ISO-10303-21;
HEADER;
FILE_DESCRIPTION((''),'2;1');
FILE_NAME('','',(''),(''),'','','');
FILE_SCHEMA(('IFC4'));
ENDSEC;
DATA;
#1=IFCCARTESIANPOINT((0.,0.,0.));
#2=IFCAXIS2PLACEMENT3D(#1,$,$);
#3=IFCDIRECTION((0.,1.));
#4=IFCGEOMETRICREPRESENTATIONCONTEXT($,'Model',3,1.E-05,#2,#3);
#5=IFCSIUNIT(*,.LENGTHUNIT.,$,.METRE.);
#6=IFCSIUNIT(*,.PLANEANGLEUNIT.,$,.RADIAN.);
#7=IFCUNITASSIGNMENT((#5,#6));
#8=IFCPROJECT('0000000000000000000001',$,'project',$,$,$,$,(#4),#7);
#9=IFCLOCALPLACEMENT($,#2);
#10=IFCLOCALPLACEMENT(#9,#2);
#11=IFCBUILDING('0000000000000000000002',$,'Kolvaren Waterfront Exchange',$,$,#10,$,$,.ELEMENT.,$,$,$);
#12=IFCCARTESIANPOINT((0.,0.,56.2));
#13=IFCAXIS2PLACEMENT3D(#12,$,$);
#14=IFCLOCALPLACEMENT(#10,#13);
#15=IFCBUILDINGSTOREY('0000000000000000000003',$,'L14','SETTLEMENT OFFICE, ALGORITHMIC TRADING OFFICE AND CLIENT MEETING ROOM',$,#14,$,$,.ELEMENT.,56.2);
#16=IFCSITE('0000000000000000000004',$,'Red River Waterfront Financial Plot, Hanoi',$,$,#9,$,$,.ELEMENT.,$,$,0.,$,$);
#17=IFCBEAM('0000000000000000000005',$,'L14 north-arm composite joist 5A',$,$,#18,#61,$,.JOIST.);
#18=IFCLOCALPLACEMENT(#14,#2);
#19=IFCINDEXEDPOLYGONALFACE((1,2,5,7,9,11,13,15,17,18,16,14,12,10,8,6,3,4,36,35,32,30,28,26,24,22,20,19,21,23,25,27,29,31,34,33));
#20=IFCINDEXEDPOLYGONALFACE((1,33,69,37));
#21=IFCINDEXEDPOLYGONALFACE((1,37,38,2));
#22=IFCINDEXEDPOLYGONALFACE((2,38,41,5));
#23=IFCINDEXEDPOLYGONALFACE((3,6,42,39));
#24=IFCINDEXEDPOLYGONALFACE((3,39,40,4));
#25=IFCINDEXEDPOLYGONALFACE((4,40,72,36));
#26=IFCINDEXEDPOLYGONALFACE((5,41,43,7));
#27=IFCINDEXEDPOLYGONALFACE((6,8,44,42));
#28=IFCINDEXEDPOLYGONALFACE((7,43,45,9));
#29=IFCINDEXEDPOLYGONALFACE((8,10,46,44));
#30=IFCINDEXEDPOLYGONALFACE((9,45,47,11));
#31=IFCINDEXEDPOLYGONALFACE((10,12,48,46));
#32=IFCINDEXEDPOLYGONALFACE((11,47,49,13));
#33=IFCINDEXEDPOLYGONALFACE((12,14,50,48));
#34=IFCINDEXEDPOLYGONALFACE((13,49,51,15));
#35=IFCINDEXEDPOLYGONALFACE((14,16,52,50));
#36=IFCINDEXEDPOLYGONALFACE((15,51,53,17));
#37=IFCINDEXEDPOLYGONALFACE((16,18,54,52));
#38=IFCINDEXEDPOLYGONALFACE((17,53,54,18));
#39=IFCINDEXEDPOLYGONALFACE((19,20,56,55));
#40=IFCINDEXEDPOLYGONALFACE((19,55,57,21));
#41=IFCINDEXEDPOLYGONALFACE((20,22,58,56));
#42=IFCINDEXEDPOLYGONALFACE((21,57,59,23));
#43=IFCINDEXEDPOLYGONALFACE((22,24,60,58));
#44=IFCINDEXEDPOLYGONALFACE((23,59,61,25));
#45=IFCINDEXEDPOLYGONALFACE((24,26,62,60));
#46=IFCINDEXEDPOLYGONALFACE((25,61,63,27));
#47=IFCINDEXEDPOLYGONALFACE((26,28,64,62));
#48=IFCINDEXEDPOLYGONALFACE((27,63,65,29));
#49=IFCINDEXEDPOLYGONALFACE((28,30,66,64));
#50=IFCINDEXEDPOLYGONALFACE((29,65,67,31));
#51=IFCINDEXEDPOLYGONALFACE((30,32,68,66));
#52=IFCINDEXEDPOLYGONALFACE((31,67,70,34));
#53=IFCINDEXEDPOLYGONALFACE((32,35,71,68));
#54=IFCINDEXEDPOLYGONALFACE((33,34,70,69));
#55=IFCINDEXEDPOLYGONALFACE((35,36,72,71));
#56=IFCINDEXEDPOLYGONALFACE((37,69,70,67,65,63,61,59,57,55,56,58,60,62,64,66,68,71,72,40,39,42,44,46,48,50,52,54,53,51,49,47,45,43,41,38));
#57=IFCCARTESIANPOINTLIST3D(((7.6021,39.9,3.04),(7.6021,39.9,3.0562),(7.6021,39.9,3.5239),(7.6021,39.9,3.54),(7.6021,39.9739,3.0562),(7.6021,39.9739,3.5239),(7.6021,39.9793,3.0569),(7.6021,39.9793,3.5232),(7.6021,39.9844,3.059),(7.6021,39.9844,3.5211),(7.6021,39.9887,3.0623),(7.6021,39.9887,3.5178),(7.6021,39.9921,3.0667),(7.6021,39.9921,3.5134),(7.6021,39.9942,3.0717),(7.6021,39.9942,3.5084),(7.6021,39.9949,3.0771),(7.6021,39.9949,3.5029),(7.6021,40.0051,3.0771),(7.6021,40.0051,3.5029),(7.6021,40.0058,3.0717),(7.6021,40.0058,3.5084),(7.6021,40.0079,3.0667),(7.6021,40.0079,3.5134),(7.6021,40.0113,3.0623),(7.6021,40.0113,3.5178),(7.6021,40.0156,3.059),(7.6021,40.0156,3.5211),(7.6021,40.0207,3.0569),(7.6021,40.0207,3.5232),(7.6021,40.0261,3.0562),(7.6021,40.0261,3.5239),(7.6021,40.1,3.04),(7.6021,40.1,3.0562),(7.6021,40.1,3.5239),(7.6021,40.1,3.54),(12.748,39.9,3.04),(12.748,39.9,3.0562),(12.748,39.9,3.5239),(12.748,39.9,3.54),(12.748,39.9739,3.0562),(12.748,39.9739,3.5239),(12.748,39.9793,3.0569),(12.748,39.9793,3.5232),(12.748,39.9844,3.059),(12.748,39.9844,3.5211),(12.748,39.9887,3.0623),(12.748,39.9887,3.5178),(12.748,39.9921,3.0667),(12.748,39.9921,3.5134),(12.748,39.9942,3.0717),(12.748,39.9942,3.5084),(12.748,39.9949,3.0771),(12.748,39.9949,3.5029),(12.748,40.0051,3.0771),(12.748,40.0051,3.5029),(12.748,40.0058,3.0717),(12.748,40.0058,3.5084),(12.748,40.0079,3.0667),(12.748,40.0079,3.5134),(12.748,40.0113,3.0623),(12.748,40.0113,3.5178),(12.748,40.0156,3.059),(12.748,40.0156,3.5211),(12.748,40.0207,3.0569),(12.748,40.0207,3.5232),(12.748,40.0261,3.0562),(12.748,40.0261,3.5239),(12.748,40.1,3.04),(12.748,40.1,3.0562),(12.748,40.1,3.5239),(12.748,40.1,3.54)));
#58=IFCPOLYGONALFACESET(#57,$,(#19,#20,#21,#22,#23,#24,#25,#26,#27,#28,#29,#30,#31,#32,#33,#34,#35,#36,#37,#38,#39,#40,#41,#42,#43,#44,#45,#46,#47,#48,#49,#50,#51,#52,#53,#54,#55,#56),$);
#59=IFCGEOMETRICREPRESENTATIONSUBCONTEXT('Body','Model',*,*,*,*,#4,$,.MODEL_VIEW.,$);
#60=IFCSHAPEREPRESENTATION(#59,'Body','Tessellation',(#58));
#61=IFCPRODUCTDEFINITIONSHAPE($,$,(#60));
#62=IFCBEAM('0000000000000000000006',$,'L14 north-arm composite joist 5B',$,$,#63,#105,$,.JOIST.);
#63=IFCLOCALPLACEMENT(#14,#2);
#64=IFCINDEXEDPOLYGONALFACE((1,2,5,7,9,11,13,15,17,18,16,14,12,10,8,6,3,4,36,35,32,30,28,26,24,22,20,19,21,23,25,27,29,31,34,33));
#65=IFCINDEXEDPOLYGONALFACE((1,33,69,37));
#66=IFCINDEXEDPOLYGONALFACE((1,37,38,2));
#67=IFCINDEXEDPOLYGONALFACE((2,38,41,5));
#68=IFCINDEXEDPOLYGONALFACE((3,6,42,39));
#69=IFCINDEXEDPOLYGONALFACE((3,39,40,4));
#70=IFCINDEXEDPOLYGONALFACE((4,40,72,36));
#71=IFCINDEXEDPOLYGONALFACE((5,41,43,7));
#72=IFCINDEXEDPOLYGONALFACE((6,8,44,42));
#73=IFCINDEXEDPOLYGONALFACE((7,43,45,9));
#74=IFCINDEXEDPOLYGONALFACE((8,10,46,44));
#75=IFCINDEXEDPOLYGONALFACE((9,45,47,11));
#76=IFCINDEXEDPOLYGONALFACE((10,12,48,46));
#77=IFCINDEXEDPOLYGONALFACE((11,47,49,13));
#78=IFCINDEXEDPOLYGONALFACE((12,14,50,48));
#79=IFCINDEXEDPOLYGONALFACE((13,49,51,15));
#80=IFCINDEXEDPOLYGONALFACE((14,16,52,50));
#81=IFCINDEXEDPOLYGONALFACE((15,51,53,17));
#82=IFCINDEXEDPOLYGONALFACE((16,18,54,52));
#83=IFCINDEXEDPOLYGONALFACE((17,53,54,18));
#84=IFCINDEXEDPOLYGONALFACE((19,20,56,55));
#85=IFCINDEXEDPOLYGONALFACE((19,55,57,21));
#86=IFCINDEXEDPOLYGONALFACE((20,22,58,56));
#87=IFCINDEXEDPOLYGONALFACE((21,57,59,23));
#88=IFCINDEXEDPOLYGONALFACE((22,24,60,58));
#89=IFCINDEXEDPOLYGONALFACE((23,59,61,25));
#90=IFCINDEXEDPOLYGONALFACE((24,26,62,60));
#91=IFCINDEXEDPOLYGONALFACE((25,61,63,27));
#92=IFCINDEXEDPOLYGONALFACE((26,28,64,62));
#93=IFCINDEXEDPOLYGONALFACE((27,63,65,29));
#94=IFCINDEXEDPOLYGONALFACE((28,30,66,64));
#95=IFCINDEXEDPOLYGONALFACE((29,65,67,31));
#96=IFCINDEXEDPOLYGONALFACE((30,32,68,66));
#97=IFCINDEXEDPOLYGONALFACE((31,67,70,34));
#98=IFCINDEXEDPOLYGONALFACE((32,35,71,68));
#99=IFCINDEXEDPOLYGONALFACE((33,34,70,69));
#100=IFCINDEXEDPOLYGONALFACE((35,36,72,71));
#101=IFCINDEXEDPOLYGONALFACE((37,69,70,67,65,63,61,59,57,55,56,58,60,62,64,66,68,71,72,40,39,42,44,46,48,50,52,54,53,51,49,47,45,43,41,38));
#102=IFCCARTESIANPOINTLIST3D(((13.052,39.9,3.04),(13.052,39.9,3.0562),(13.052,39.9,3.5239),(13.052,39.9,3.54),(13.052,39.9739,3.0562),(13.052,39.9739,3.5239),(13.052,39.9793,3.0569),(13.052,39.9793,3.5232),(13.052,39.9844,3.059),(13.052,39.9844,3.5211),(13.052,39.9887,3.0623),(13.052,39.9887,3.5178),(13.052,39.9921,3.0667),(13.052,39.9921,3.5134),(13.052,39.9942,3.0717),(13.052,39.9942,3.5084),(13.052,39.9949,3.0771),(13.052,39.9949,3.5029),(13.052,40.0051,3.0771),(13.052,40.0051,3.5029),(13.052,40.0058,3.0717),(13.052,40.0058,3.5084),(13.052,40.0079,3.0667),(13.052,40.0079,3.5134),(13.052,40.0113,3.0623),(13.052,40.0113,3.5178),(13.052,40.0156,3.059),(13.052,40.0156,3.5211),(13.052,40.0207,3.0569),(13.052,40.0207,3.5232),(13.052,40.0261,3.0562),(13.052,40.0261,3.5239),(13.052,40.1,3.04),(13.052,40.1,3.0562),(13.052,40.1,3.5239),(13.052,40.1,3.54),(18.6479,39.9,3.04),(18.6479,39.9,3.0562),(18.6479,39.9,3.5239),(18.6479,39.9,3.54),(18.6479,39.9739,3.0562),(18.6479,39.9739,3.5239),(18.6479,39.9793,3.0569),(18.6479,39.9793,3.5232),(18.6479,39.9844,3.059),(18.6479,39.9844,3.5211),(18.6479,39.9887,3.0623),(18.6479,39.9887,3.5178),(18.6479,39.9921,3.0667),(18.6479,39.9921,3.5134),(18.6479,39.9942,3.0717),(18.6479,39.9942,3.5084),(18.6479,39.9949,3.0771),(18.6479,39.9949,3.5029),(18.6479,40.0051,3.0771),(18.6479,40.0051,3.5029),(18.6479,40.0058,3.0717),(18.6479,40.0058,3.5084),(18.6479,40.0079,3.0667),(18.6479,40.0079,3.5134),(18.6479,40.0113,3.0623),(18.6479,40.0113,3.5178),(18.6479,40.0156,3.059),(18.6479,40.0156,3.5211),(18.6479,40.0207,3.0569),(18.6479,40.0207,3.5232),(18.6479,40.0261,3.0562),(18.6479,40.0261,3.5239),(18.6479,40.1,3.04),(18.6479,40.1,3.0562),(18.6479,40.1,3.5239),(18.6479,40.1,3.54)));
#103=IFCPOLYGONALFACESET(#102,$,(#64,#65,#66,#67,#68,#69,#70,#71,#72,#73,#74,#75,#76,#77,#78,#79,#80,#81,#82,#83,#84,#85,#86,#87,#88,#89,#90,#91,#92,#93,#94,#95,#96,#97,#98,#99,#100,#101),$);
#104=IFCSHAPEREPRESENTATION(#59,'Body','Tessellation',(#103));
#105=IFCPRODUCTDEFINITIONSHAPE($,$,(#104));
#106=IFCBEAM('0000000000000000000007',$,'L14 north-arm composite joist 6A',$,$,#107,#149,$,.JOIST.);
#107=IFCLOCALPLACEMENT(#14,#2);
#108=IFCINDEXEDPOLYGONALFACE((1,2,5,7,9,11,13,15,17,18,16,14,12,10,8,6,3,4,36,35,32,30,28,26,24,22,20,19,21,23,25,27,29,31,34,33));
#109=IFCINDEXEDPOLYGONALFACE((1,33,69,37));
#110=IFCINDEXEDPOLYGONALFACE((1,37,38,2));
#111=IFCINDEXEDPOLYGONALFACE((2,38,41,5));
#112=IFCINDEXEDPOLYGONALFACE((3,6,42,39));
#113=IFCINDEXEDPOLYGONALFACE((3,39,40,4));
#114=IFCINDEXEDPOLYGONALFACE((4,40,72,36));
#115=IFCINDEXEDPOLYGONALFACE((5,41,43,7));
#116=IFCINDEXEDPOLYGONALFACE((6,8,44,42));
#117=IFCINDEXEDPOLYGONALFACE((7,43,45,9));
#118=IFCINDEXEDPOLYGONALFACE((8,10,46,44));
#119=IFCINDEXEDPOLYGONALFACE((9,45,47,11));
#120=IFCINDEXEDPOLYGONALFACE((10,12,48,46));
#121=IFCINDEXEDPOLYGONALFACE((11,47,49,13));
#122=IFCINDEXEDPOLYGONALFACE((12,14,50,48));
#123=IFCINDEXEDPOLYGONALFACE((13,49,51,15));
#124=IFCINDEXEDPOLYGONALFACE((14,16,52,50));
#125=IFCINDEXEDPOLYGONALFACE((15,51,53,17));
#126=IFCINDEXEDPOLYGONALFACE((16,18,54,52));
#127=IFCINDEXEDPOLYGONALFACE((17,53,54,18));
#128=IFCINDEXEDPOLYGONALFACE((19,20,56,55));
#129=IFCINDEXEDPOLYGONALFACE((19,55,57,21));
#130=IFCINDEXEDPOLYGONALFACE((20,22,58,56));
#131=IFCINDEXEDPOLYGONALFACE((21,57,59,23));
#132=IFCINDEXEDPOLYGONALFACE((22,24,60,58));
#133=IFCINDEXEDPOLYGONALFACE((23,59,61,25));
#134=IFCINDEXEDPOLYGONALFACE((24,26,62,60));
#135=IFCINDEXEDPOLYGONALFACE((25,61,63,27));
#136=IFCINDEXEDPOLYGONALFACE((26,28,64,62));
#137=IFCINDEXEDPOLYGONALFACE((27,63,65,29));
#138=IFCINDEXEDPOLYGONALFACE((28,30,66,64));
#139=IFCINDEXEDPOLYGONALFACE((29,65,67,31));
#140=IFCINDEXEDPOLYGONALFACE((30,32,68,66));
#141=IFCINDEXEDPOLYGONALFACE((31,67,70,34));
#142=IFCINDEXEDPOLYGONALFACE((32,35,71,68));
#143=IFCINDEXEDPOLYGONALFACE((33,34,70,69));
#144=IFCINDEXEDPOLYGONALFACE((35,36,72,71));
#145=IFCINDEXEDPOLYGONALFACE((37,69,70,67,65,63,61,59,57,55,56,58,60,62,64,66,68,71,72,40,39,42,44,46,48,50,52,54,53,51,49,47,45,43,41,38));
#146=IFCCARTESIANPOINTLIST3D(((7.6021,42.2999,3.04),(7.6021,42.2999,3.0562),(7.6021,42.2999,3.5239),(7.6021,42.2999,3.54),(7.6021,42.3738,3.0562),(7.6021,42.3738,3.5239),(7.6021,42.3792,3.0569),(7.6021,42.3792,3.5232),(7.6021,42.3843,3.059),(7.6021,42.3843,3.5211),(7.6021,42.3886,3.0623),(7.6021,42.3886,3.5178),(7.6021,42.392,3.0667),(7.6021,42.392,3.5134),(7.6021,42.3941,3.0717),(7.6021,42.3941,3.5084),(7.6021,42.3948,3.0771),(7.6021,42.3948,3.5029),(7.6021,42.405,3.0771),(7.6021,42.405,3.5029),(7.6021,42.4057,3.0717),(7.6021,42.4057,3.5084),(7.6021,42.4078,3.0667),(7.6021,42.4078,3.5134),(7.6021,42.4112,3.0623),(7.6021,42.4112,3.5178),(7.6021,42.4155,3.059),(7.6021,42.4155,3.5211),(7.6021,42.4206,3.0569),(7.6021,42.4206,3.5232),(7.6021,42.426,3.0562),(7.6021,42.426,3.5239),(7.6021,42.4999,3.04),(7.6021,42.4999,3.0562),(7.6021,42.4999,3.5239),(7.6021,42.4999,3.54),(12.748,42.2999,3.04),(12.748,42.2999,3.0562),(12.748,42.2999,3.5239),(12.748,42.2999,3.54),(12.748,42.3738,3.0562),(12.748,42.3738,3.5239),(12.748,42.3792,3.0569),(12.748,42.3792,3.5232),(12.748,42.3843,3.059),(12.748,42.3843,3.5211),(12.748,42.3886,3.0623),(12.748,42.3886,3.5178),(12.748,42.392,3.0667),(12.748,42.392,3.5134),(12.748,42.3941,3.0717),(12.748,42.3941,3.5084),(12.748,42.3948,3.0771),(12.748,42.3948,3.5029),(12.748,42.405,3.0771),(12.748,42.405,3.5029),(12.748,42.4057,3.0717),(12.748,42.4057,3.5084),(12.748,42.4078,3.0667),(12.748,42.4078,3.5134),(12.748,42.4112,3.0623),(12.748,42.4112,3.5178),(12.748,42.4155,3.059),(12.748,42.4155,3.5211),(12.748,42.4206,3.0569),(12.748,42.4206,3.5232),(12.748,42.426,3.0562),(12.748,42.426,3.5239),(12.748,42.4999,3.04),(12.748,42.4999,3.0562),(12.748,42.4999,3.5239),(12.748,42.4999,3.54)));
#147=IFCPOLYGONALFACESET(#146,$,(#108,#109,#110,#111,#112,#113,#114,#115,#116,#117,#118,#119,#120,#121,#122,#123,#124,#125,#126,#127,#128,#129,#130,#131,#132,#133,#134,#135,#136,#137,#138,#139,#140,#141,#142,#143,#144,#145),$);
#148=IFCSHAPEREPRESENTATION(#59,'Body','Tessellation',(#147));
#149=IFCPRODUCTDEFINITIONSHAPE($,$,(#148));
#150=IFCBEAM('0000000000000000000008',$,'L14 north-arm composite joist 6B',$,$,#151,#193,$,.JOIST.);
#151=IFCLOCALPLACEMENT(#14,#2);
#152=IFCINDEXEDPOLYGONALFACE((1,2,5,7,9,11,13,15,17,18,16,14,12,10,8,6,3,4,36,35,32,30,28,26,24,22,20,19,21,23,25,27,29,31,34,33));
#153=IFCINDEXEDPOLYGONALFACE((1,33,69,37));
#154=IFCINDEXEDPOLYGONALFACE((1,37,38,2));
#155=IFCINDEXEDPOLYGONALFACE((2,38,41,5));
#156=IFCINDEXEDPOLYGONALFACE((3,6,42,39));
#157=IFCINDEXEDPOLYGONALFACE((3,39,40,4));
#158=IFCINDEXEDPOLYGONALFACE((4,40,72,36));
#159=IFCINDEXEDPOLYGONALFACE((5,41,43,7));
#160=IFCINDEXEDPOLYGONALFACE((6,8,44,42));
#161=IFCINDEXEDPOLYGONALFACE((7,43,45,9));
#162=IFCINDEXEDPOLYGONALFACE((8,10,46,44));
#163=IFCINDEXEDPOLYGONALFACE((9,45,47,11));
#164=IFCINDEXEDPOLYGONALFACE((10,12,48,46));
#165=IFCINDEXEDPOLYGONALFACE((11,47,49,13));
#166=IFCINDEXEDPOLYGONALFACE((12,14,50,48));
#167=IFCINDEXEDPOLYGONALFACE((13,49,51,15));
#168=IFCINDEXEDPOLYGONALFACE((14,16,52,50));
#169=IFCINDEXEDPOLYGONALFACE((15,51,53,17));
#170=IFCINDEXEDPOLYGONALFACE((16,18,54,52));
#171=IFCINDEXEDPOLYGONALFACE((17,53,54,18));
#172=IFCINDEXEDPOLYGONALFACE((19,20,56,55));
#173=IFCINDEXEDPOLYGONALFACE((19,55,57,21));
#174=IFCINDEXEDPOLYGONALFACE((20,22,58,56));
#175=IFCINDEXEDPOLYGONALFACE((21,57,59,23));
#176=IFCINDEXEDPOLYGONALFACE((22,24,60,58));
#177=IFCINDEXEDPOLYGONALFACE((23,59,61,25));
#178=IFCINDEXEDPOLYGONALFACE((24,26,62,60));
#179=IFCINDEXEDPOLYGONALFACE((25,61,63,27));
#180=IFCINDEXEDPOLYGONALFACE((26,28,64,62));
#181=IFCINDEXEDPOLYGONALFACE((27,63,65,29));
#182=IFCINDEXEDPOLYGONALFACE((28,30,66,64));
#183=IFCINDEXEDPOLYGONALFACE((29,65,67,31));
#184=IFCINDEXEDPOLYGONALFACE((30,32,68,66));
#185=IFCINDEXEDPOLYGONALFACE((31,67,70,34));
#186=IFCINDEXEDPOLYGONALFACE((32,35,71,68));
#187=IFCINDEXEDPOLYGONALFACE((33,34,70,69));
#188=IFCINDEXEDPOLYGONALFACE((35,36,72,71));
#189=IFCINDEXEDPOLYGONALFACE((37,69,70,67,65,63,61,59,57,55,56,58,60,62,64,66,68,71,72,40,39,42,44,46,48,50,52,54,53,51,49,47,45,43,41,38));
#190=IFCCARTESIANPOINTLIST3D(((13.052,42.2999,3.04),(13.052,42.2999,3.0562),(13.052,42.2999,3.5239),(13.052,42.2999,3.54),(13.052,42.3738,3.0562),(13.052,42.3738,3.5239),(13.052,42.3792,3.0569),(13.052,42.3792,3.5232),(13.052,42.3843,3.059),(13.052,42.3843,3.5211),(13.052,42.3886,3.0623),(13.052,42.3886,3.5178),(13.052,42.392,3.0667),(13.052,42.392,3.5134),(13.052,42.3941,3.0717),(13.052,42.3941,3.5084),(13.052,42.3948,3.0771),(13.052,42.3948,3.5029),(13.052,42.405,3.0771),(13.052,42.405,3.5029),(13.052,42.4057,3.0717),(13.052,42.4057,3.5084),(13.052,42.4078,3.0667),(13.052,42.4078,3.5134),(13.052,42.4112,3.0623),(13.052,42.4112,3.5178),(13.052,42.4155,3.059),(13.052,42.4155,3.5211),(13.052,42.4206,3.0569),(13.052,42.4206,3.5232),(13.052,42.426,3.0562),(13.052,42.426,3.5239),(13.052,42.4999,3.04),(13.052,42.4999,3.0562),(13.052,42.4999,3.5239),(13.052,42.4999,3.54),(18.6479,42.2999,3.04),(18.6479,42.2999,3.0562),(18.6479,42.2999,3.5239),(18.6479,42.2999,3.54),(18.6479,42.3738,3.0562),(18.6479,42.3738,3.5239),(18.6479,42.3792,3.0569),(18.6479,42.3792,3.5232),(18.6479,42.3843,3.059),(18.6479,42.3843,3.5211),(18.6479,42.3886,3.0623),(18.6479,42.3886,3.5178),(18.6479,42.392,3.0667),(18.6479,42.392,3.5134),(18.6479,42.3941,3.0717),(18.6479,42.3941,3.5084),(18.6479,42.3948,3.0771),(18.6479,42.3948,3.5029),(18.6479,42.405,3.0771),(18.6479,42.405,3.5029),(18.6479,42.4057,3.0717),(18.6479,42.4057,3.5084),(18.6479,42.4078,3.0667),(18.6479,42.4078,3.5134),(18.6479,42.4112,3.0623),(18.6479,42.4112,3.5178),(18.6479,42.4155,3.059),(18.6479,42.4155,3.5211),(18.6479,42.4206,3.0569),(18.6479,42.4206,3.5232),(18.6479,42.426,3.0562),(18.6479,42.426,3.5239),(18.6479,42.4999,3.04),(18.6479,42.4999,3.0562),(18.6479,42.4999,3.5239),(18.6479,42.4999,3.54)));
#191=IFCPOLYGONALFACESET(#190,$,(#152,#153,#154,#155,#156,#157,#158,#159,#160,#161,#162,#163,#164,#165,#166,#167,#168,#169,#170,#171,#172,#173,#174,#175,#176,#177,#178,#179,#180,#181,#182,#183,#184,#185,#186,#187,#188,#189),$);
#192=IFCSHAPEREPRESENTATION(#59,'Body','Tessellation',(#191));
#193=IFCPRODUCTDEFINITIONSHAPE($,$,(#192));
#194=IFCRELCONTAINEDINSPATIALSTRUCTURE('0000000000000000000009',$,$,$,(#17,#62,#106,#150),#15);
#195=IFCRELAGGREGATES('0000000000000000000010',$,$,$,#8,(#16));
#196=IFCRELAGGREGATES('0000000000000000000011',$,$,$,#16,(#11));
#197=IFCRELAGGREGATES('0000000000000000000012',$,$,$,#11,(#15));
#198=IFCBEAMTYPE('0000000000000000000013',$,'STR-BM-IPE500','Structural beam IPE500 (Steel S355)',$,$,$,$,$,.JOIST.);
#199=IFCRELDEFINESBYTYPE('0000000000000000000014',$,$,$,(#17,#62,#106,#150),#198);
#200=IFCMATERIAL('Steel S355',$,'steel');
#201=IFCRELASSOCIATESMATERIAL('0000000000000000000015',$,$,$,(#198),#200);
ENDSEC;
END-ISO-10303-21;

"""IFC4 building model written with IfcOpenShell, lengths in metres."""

from ifc_helpers import new_model, si_unit, direction, frame, origin, origin_2d, place, context, subcontext, project, spatial, i_section, extrude, material, material_profile, profile_set, type_object, element, save


model = new_model("IFC4")

# Units and contexts
model_context = context("Model", 3, precision=1e-05, world=origin(), true_north=direction((0.0, 1.0)))
body_context = subcontext(model_context, "Body", "Model", "MODEL_VIEW")
ifc_project = project(units=[si_unit("LENGTHUNIT", "METRE"), si_unit("PLANEANGLEUNIT", "RADIAN")], contexts=[model_context])

# Site, building, storey
site_placement = place(None, origin())
site = spatial("IfcSite", under=ifc_project, at=site_placement, Name="Red River Waterfront Financial Plot, Hanoi", CompositionType="ELEMENT", RefElevation=0.0)
building_placement = place(site_placement, origin())
building = spatial("IfcBuilding", under=site, at=building_placement, Name="Kolvaren Waterfront Exchange", CompositionType="ELEMENT")
storey_placement = place(building_placement, frame((0.0, 0.0, 56.2)))
storey = spatial("IfcBuildingStorey", under=building, at=storey_placement, Name="L14", Description="SETTLEMENT OFFICE, ALGORITHMIC TRADING OFFICE AND CLIENT MEETING ROOM", CompositionType="ELEMENT", Elevation=56.2)

# Beams
ifc_material_1 = material(Name="Steel S355", Category="steel")
ifc_material_profile_1 = material_profile(ifc_material_1, i_section(OverallWidth=0.2, OverallDepth=0.5, WebThickness=0.0103, FlangeThickness=0.0161, FilletRadius=0.021, at=origin_2d()), Name="IPE500")
ifc_profile_set_1 = profile_set([ifc_material_profile_1], Name="Steel S355")
beam_type_1 = type_object("IfcBeamType", Name="STR-BM-IPE500", Description="Structural beam IPE500 (Steel S355)", PredefinedType="JOIST", material=ifc_profile_set_1)
beam_1_placement = place(storey_placement, frame((7.6021, 40.0, 3.29), z_axis=(1.0, 0.0, 0.0), x_axis=(0.0, 1.0, 0.0)))
element("IfcBeam", 1, at=beam_1_placement, inside=storey, type_object=beam_type_1, Name="L14 north-arm composite joist 5A", PredefinedType="JOIST", context=body_context, shape_type="SweptSolid", body=[
    extrude(i_section(OverallWidth=0.2, OverallDepth=0.5, WebThickness=0.0103, FlangeThickness=0.0161, FilletRadius=0.021, at=origin_2d()), origin(), (0.0, 0.0, 1.0), 5.146),
])
beam_2_placement = place(storey_placement, frame((13.052, 40.0, 3.29), z_axis=(1.0, 0.0, 0.0), x_axis=(0.0, 1.0, 0.0)))
element("IfcBeam", 2, at=beam_2_placement, inside=storey, type_object=beam_type_1, Name="L14 north-arm composite joist 5B", PredefinedType="JOIST", context=body_context, shape_type="SweptSolid", body=[
    extrude(i_section(OverallWidth=0.2, OverallDepth=0.5, WebThickness=0.0103, FlangeThickness=0.0161, FilletRadius=0.021, at=origin_2d()), origin(), (0.0, 0.0, 1.0), 5.5959),
])
beam_3_placement = place(storey_placement, frame((7.6021, 42.3999, 3.29), z_axis=(1.0, 0.0, 0.0), x_axis=(0.0, 1.0, 0.0)))
element("IfcBeam", 3, at=beam_3_placement, inside=storey, type_object=beam_type_1, Name="L14 north-arm composite joist 6A", PredefinedType="JOIST", context=body_context, shape_type="SweptSolid", body=[
    extrude(i_section(OverallWidth=0.2, OverallDepth=0.5, WebThickness=0.0103, FlangeThickness=0.0161, FilletRadius=0.021, at=origin_2d()), origin(), (0.0, 0.0, 1.0), 5.146),
])
beam_4_placement = place(storey_placement, frame((13.052, 42.3999, 3.29), z_axis=(1.0, 0.0, 0.0), x_axis=(0.0, 1.0, 0.0)))
element("IfcBeam", 4, at=beam_4_placement, inside=storey, type_object=beam_type_1, Name="L14 north-arm composite joist 6B", PredefinedType="JOIST", context=body_context, shape_type="SweptSolid", body=[
    extrude(i_section(OverallWidth=0.2, OverallDepth=0.5, WebThickness=0.0103, FlangeThickness=0.0161, FilletRadius=0.021, at=origin_2d()), origin(), (0.0, 0.0, 1.0), 5.5959),
])

save(model, "model.ifc")
